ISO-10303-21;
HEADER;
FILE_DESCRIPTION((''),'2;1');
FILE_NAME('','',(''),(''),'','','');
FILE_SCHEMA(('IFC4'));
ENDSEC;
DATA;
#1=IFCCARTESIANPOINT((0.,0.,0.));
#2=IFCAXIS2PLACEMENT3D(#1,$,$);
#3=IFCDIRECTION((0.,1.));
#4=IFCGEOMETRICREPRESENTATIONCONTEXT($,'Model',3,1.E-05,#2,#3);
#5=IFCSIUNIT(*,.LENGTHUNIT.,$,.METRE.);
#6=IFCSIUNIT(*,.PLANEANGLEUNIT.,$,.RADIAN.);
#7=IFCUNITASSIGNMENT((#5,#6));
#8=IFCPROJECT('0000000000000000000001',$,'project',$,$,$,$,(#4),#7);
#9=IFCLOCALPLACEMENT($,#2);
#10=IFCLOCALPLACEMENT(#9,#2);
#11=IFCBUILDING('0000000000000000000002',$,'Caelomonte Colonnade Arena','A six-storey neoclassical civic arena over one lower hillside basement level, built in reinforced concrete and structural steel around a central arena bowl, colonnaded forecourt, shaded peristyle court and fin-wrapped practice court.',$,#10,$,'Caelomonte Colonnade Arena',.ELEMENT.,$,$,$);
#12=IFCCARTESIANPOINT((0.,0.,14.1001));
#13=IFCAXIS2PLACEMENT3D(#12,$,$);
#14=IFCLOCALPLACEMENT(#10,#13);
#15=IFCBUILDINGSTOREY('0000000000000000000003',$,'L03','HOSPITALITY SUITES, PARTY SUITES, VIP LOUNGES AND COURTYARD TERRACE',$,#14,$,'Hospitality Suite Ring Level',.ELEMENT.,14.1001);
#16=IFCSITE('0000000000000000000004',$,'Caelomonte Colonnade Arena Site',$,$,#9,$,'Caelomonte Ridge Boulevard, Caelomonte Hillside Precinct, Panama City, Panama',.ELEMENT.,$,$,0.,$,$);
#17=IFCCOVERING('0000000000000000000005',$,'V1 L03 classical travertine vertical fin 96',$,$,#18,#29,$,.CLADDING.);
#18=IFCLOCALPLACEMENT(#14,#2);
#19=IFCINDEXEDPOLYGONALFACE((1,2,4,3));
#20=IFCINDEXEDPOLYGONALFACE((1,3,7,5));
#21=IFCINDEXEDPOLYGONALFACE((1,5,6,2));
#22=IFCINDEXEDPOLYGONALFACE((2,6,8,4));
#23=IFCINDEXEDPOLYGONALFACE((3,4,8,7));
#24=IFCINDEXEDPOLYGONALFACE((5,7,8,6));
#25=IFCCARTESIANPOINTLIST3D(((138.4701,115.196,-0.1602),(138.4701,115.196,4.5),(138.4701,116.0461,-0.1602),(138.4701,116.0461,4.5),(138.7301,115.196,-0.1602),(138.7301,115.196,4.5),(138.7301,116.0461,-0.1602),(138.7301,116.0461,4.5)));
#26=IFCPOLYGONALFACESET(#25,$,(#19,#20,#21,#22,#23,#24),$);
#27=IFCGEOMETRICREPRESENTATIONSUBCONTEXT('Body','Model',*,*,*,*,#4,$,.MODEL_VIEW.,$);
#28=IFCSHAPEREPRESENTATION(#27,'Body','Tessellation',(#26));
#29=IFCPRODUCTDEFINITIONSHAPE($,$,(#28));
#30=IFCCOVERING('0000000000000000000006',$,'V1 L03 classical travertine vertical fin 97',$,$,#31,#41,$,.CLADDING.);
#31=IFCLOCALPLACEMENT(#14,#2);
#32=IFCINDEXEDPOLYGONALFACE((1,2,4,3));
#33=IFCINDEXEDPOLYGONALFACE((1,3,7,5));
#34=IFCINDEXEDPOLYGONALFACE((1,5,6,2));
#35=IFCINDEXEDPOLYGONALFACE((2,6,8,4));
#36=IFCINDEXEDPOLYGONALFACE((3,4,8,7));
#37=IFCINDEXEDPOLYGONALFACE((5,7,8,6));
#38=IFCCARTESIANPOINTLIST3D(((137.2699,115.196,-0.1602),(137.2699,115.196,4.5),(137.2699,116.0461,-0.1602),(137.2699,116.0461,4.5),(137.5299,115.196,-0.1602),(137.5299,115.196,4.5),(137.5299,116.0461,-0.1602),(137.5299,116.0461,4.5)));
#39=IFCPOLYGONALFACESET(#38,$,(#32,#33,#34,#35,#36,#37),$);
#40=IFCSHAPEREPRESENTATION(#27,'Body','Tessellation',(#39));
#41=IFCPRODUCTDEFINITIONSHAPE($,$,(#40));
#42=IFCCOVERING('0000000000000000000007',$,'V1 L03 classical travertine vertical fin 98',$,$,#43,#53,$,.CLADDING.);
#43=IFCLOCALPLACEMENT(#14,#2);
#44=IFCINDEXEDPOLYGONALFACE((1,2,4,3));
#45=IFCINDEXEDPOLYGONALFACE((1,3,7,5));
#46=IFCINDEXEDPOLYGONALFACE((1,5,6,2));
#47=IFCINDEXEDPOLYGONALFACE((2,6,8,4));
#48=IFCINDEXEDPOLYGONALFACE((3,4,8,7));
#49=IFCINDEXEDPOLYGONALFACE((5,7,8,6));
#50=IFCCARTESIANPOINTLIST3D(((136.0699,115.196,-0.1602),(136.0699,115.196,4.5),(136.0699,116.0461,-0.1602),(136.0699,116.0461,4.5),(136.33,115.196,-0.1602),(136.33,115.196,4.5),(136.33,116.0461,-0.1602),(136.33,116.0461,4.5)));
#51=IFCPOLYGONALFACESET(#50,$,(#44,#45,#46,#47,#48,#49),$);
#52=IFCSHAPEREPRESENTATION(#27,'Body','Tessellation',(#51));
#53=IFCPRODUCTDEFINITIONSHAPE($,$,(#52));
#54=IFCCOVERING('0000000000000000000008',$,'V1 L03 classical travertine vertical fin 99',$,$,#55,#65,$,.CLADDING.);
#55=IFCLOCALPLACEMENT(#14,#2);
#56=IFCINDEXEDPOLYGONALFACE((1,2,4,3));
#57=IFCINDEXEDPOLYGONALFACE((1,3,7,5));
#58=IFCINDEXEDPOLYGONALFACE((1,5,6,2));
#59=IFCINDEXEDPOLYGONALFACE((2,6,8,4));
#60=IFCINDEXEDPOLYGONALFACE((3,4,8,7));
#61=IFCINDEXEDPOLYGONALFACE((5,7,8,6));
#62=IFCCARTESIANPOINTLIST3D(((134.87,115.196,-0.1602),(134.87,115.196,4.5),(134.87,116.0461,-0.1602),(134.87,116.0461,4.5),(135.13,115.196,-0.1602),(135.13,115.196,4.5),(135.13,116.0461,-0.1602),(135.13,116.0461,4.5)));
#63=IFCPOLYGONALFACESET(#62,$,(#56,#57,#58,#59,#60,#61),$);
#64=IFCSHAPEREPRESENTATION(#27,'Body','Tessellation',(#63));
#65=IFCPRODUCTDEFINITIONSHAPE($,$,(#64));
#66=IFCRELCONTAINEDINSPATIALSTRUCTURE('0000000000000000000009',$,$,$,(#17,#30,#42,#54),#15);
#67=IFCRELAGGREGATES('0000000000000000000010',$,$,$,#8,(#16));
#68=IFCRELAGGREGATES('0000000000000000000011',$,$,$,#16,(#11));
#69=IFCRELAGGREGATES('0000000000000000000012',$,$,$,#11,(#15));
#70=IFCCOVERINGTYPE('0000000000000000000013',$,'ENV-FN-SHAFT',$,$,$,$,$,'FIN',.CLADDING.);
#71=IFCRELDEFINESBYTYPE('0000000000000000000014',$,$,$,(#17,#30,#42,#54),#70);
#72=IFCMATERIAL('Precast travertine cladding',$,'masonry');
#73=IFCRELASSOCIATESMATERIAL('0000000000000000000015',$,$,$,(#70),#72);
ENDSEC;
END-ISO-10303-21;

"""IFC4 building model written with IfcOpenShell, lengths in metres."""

from ifc_helpers import new_model, si_unit, direction, frame, origin, origin_2d, place, context, subcontext, project, spatial, rectangle, extrude, material, material_profile, profile_set, type_object, element, save


model = new_model("IFC4")

# Units and contexts
model_context = context("Model", 3, precision=1e-05, world=origin(), true_north=direction((0.0, 1.0)))
body_context = subcontext(model_context, "Body", "Model", "MODEL_VIEW")
ifc_project = project(units=[si_unit("LENGTHUNIT", "METRE"), si_unit("PLANEANGLEUNIT", "RADIAN")], contexts=[model_context])

# Site, building, storey
site_placement = place(None, origin())
site = spatial("IfcSite", under=ifc_project, at=site_placement, Name="Caelomonte Colonnade Arena Site", LongName="Caelomonte Ridge Boulevard, Caelomonte Hillside Precinct, Panama City, Panama", CompositionType="ELEMENT", RefElevation=0.0)
building_placement = place(site_placement, origin())
building = spatial("IfcBuilding", under=site, at=building_placement, Name="Caelomonte Colonnade Arena", Description="A six-storey neoclassical civic arena over one lower hillside basement level, built in reinforced concrete and structural steel around a central arena bowl, colonnaded forecourt, shaded peristyle court and fin-wrapped practice court.", LongName="Caelomonte Colonnade Arena", CompositionType="ELEMENT")
storey_placement = place(building_placement, frame((0.0, 0.0, 14.1001)))
storey = spatial("IfcBuildingStorey", under=building, at=storey_placement, Name="L03", Description="HOSPITALITY SUITES, PARTY SUITES, VIP LOUNGES AND COURTYARD TERRACE", LongName="Hospitality Suite Ring Level", CompositionType="ELEMENT", Elevation=14.1001)

# Coverings
ifc_material_1 = material(Name="Precast travertine cladding", Category="masonry")
ifc_material_profile_1 = material_profile(ifc_material_1, rectangle(XDim=0.26, YDim=0.8501, at=origin_2d()), Name="FIN260X850")
ifc_profile_set_1 = profile_set([ifc_material_profile_1], Name="Precast travertine cladding")
covering_type = type_object("IfcCoveringType", Name="ENV-FN-SHAFT", ElementType="FIN", PredefinedType="CLADDING", material=ifc_profile_set_1)
for number, where, z_axis, x_axis, name in (
    (1, (138.6001, 115.6211, -0.1602), (0.0, 0.0, 1.0), (1.0, 0.0, 0.0), "V1 L03 classical travertine vertical fin 96"),
    (2, (137.3999, 115.6211, -0.1602), (0.0, 0.0, 1.0), (1.0, 0.0, 0.0), "V1 L03 classical travertine vertical fin 97"),
    (3, (136.2, 115.6211, -0.1602), (0.0, 0.0, 1.0), (1.0, 0.0, 0.0), "V1 L03 classical travertine vertical fin 98"),
    (4, (135.0, 115.6211, -0.1602), (0.0, 0.0, 1.0), (1.0, 0.0, 0.0), "V1 L03 classical travertine vertical fin 99"),
):
    element("IfcCovering", number, at=place(storey_placement, frame(where, z_axis=z_axis, x_axis=x_axis)), inside=storey, type_object=covering_type, Name=name, PredefinedType="CLADDING", context=body_context, shape_type="SweptSolid", body=[
        extrude(rectangle(XDim=0.26, YDim=0.8501, at=origin_2d()), origin(), (0.0, 0.0, 1.0), 4.6602),
    ])

save(model, "model.ifc")
